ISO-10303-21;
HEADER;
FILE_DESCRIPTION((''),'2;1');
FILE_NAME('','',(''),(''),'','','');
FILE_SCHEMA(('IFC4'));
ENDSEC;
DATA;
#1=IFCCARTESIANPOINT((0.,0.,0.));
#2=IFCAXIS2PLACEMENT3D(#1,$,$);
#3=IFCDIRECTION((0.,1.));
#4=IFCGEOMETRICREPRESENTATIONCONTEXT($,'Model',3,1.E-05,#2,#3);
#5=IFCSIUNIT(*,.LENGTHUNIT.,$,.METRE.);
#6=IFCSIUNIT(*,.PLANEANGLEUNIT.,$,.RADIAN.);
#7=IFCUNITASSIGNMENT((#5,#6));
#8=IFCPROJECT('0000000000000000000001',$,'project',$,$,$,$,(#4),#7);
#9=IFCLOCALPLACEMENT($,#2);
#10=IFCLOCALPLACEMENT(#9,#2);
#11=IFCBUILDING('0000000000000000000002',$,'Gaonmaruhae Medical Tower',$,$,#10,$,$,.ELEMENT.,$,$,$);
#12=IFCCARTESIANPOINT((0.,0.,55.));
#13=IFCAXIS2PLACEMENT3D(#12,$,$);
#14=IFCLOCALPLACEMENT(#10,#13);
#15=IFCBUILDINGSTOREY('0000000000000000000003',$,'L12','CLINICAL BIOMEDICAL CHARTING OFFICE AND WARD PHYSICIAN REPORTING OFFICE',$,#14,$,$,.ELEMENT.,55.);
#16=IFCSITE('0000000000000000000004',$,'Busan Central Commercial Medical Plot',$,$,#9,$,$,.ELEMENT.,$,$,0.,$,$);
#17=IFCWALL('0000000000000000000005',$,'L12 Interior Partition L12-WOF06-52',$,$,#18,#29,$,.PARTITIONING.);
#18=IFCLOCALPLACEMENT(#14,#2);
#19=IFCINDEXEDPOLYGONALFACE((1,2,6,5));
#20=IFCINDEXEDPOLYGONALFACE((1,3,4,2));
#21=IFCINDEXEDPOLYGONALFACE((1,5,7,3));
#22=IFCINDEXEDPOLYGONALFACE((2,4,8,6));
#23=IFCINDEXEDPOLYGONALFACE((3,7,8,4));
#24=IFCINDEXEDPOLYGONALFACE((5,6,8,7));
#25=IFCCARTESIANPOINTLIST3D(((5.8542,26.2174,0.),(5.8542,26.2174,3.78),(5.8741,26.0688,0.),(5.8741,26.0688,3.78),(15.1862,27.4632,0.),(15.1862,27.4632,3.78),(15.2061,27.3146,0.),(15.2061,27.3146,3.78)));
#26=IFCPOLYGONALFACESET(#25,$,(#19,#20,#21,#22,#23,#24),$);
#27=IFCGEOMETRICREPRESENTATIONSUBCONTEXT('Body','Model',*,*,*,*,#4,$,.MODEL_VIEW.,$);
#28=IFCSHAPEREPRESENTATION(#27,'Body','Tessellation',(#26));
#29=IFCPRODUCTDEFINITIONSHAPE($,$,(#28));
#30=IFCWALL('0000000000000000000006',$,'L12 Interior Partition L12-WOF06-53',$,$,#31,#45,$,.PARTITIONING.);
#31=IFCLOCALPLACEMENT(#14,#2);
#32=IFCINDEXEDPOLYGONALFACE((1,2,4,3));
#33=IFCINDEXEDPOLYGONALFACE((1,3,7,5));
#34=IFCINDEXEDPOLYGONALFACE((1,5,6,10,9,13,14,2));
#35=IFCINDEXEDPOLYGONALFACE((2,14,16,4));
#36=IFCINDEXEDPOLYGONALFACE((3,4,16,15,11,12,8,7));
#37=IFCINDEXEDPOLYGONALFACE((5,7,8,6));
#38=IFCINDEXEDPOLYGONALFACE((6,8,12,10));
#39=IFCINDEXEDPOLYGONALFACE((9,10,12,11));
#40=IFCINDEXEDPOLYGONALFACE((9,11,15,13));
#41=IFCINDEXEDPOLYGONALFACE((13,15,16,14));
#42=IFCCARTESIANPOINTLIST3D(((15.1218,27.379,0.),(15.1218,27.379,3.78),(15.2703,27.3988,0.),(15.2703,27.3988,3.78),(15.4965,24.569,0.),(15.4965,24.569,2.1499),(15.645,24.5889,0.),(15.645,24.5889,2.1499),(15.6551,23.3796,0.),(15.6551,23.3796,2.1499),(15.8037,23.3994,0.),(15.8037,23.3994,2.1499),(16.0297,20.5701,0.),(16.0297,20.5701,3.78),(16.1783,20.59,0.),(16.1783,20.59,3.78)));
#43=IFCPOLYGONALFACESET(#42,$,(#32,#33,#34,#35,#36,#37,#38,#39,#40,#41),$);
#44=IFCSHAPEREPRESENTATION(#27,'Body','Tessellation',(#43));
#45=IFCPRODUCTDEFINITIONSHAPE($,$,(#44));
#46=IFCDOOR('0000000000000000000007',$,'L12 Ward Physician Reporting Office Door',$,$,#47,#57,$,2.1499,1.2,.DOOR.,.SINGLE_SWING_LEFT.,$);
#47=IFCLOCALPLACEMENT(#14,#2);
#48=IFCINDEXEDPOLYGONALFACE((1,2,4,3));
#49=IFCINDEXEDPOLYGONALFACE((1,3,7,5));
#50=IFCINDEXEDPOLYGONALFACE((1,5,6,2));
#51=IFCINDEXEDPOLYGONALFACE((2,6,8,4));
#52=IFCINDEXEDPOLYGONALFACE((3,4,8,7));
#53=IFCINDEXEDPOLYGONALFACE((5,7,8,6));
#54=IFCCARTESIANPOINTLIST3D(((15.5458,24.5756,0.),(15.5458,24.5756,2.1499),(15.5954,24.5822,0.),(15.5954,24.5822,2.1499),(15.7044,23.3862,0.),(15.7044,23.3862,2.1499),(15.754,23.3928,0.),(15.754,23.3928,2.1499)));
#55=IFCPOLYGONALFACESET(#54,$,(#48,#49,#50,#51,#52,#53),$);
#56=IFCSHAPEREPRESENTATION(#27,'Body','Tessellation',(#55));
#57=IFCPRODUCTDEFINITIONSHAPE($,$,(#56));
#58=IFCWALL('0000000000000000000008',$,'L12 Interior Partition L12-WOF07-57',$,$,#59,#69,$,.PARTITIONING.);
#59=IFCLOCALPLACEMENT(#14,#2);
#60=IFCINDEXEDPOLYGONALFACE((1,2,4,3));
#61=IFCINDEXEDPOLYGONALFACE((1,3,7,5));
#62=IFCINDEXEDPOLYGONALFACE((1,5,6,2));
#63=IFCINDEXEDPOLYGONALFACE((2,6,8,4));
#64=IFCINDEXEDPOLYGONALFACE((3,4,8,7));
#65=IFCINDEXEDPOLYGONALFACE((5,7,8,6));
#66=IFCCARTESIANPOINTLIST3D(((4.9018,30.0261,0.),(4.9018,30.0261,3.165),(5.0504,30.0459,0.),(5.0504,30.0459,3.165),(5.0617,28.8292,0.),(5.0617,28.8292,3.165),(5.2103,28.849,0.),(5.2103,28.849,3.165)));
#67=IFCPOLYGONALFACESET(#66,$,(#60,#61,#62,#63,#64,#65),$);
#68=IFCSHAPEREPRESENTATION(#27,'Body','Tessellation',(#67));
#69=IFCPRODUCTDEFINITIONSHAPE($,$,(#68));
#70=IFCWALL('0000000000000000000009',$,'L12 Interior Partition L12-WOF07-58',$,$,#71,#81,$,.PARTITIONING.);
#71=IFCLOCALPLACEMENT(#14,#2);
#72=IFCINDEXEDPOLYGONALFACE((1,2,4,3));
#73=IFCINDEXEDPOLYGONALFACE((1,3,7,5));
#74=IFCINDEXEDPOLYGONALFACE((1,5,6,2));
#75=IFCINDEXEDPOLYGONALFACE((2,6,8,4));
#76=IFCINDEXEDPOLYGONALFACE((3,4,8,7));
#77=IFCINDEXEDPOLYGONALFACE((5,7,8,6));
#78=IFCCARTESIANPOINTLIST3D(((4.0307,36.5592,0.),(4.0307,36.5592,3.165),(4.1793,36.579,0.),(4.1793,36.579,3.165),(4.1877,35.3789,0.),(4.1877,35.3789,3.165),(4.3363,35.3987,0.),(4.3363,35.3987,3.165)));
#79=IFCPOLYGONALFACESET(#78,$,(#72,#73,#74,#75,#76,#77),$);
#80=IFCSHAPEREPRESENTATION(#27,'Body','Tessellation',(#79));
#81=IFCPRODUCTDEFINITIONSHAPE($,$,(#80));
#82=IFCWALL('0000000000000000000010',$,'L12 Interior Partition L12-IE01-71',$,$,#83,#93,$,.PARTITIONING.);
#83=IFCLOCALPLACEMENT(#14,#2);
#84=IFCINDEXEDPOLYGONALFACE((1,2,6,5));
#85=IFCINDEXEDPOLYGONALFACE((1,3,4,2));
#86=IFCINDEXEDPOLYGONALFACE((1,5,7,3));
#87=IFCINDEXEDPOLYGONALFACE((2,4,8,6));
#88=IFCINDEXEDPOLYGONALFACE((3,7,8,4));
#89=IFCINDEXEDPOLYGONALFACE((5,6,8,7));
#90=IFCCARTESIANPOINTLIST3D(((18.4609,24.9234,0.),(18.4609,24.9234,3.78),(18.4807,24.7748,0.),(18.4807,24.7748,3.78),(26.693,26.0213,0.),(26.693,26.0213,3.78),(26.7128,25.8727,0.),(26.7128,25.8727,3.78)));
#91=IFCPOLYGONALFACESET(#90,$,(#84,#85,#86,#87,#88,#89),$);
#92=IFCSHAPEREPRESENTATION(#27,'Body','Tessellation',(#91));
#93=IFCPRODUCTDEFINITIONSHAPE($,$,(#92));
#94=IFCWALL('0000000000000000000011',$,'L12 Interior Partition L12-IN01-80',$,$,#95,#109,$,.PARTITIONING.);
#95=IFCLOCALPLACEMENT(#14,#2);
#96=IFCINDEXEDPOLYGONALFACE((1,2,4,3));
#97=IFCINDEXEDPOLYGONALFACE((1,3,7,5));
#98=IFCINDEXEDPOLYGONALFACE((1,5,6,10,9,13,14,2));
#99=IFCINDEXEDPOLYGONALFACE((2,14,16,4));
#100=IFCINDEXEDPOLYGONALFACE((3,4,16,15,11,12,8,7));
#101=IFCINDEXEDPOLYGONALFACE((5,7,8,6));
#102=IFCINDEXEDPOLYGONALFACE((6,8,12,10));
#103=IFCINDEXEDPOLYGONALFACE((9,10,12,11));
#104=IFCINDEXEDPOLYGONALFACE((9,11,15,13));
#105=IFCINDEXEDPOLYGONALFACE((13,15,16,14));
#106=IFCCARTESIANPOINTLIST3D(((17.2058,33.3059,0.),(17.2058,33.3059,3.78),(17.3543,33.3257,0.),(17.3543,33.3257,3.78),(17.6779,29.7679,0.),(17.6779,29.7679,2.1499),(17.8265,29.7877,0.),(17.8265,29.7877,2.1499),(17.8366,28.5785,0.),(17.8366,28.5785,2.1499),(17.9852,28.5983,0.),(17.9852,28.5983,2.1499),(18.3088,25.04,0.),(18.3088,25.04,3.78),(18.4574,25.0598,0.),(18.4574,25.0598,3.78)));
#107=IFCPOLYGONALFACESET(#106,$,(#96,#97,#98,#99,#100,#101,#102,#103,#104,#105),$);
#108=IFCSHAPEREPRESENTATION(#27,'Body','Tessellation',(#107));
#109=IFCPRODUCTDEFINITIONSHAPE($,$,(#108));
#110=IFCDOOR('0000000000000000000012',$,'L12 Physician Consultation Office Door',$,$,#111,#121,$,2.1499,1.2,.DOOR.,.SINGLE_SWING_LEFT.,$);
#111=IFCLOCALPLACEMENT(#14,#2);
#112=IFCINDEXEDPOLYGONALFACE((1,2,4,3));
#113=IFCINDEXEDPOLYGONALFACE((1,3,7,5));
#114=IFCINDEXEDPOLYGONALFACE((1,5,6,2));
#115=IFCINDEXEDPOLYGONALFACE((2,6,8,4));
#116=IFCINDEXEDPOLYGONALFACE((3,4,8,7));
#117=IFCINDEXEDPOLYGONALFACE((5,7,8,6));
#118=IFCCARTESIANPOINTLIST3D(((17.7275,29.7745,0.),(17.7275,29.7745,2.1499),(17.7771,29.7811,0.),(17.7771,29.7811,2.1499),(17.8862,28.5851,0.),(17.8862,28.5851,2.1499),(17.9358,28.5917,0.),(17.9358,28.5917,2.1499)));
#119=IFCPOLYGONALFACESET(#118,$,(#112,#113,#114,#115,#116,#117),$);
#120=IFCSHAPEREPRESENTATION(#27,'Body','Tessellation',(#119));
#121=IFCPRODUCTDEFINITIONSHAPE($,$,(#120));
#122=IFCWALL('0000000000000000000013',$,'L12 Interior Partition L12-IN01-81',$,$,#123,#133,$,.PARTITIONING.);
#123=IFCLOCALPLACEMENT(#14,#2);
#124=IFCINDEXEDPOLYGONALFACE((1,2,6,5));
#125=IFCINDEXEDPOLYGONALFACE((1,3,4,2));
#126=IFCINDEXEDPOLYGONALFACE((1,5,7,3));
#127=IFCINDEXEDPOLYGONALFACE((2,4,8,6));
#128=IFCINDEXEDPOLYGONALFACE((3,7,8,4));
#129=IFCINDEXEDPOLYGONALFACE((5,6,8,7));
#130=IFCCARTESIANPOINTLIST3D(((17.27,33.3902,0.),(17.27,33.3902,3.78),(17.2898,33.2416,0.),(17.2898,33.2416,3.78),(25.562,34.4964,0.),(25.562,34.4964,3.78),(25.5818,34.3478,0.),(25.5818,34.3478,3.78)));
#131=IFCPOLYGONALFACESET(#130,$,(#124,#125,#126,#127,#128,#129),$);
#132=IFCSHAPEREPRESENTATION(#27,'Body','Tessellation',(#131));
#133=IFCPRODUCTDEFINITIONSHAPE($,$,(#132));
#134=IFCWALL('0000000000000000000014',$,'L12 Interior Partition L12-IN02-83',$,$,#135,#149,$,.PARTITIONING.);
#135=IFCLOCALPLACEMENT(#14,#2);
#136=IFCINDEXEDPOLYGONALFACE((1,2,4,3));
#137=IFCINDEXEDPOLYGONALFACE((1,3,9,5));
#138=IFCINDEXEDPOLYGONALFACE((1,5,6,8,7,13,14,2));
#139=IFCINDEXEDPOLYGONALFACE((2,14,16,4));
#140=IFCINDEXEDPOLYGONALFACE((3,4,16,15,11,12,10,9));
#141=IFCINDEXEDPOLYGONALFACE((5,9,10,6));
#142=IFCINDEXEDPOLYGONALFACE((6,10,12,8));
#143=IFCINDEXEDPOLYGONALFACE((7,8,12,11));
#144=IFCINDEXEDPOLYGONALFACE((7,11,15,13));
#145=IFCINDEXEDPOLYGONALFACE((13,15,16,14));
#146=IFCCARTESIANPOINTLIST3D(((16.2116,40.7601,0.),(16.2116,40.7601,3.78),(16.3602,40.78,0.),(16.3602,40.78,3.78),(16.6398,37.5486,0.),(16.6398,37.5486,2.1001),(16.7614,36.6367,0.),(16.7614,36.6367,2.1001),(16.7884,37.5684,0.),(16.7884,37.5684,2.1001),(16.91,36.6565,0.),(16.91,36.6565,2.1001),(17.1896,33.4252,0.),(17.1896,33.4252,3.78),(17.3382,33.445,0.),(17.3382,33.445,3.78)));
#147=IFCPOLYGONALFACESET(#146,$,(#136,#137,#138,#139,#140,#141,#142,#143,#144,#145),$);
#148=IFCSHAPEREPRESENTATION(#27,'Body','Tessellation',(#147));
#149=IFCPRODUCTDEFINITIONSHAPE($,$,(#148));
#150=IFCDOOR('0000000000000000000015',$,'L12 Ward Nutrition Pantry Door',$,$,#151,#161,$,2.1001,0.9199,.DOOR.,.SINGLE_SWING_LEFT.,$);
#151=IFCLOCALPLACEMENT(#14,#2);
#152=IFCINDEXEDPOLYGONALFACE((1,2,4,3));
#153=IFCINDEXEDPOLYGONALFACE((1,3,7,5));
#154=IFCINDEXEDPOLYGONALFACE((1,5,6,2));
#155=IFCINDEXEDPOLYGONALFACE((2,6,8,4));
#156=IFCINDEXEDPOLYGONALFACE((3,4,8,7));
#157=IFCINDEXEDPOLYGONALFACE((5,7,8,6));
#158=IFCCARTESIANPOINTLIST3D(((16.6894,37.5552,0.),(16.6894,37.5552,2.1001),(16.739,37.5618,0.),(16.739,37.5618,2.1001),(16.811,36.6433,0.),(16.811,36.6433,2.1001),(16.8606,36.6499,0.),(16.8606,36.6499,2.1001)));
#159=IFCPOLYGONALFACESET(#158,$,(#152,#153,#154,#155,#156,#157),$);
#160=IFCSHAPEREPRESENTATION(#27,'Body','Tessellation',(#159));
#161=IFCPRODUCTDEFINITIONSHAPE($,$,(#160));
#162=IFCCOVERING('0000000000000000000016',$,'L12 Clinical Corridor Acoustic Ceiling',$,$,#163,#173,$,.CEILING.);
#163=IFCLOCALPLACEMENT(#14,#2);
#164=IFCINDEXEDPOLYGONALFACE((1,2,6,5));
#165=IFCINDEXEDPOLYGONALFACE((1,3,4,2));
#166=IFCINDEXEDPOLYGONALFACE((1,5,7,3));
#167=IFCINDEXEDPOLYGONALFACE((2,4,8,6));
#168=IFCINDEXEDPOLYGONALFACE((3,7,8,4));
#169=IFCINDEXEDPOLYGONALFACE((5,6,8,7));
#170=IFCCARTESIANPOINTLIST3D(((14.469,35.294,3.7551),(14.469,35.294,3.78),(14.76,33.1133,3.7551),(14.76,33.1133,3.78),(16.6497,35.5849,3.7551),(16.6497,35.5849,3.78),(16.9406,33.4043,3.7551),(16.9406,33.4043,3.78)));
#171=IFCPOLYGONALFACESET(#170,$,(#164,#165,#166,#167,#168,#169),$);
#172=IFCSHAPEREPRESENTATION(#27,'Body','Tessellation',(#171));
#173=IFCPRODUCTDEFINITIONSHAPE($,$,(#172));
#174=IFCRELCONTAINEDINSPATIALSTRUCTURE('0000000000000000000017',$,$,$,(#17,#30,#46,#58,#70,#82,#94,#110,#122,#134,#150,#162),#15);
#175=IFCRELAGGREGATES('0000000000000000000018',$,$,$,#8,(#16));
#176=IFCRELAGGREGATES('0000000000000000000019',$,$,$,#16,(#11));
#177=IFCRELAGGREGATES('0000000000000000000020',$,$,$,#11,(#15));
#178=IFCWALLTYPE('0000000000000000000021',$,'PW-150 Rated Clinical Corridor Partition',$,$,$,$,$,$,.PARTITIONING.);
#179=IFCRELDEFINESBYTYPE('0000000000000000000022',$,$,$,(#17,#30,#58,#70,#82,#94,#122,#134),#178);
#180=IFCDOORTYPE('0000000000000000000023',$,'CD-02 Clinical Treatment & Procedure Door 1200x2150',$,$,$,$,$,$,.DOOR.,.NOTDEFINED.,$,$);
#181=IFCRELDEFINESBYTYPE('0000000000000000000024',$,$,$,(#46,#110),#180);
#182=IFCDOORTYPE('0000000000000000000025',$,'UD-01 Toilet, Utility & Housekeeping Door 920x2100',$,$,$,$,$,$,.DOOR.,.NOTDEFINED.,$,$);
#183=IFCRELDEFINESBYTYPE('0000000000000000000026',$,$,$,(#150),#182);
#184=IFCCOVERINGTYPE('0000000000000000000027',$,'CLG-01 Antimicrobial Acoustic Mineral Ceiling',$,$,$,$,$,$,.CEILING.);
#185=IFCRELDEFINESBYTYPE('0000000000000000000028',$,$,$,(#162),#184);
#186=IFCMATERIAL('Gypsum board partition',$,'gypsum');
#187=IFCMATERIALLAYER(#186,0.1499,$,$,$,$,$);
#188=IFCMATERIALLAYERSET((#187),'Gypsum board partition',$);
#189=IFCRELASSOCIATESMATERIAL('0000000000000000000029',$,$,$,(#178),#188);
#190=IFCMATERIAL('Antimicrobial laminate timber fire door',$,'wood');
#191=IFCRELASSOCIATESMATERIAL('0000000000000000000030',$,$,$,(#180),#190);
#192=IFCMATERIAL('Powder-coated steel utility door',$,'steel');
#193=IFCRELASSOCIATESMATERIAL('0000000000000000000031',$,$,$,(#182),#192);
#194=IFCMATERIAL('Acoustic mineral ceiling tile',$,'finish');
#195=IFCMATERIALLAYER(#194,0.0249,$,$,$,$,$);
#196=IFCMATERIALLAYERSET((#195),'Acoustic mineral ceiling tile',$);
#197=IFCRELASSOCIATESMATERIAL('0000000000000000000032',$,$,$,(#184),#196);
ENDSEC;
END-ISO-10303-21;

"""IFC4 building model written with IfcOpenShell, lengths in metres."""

from ifc_helpers import new_model, si_unit, direction, frame, frame_2d, origin, origin_2d, place, context, subcontext, project, spatial, rectangle, extrude, material, layer, layer_set, type_object, element, fill, save


model = new_model("IFC4")

# Units and contexts
model_context = context("Model", 3, precision=1e-05, world=origin(), true_north=direction((0.0, 1.0)))
body_context = subcontext(model_context, "Body", "Model", "MODEL_VIEW")
ifc_project = project(units=[si_unit("LENGTHUNIT", "METRE"), si_unit("PLANEANGLEUNIT", "RADIAN")], contexts=[model_context])

# Site, building, storey
site_placement = place(None, origin())
site = spatial("IfcSite", under=ifc_project, at=site_placement, Name="Busan Central Commercial Medical Plot", CompositionType="ELEMENT", RefElevation=0.0)
building_placement = place(site_placement, origin())
building = spatial("IfcBuilding", under=site, at=building_placement, Name="Gaonmaruhae Medical Tower", CompositionType="ELEMENT")
storey_placement = place(building_placement, frame((0.0, 0.0, 55.0)))
storey = spatial("IfcBuildingStorey", under=building, at=storey_placement, Name="L12", Description="CLINICAL BIOMEDICAL CHARTING OFFICE AND WARD PHYSICIAN REPORTING OFFICE", CompositionType="ELEMENT", Elevation=55.0)

# Wall
ifc_material_1 = material(Name="Gypsum board partition", Category="gypsum")
ifc_layer_1 = layer(ifc_material_1, 0.1499)
ifc_layer_set_1 = layer_set([ifc_layer_1], Name="Gypsum board partition")
wall_type_1 = type_object("IfcWallType", Name="PW-150 Rated Clinical Corridor Partition", PredefinedType="PARTITIONING", material=ifc_layer_set_1)
wall_1_placement = place(storey_placement, frame((5.864, 26.1431, 0.0), z_axis=(0.0, 0.0, 1.0), x_axis=(0.991206, 0.132328, 0.0)))
element("IfcWall", 1, at=wall_1_placement, inside=storey, type_object=wall_type_1, Name="L12 Interior Partition L12-WOF06-52", PredefinedType="PARTITIONING", context=body_context, shape_type="SweptSolid", body=[
    extrude(rectangle(XDim=9.4148, YDim=0.1499, at=frame_2d((4.7075, 0.0))), origin(), (0.0, 0.0, 1.0), 3.78),
])

# Wall, opening, door
wall_2_placement = place(storey_placement, frame((15.196, 27.3889, 0.0), z_axis=(0.0, 0.0, 1.0), x_axis=(0.13218, -0.991226, 0.0)))
wall_2 = element("IfcWall", 2, at=wall_2_placement, inside=storey, type_object=wall_type_1, Name="L12 Interior Partition L12-WOF06-53", PredefinedType="PARTITIONING", context=body_context, shape_type="SweptSolid", body=[
    extrude(rectangle(XDim=6.8691, YDim=0.1499, at=frame_2d((3.4346, 0.0))), origin(), (0.0, 0.0, 1.0), 3.78),
])
opening_1_placement = place(wall_2_placement, frame((2.8347, 0.0, 0.0)))
opening_1 = element("IfcOpeningElement", 3, at=opening_1_placement, cuts=wall_2, PredefinedType="OPENING", context=body_context, shape_type="SweptSolid", body=[
    extrude(rectangle(XDim=1.2, YDim=2.1499, at=frame_2d((0.6001, 1.075))), frame((0.0, 0.085, 0.0), z_axis=(0.0, -1.0, 0.0), x_axis=(1.0, 0.0, 0.0)), (0.0, 0.0, 1.0), 0.1699),
])
ifc_material_2 = material(Name="Antimicrobial laminate timber fire door", Category="wood")
door_type_1 = type_object("IfcDoorType", Name="CD-02 Clinical Treatment & Procedure Door 1200x2150", OperationType="NOTDEFINED", PredefinedType="DOOR", material=ifc_material_2)
door_1_placement = place(opening_1_placement, origin())
door_1 = element("IfcDoor", 4, at=door_1_placement, inside=storey, type_object=door_type_1, Name="L12 Ward Physician Reporting Office Door", OperationType="SINGLE_SWING_LEFT", OverallHeight=2.1499, OverallWidth=1.2, PredefinedType="DOOR", context=body_context, shape_type="SweptSolid", body=[
    extrude(rectangle(XDim=1.2, YDim=2.1499, at=frame_2d((0.6001, 1.075))), frame((0.0, 0.0249, 0.0), z_axis=(0.0, -1.0, 0.0), x_axis=(1.0, 0.0, 0.0)), (0.0, 0.0, 1.0), 0.05),
])
fill(opening_1, door_1)

# Walls
wall_3_placement = place(storey_placement, frame((5.136, 28.8391, 0.0), z_axis=(0.0, 0.0, 1.0), x_axis=(-0.132442, 0.991191, 0.0)))
element("IfcWall", 5, at=wall_3_placement, inside=storey, type_object=wall_type_1, Name="L12 Interior Partition L12-WOF07-57", PredefinedType="PARTITIONING", context=body_context, shape_type="SweptSolid", body=[
    extrude(rectangle(XDim=1.2075, YDim=0.1499, at=frame_2d((0.6038, 0.0))), origin(), (0.0, 0.0, 1.0), 3.165),
])
wall_4_placement = place(storey_placement, frame((4.262, 35.3889, 0.0), z_axis=(0.0, 0.0, 1.0), x_axis=(-0.131855, 0.991269, 0.0)))
element("IfcWall", 6, at=wall_4_placement, inside=storey, type_object=wall_type_1, Name="L12 Interior Partition L12-WOF07-58", PredefinedType="PARTITIONING", context=body_context, shape_type="SweptSolid", body=[
    extrude(rectangle(XDim=1.1907, YDim=0.1499, at=frame_2d((0.5952, 0.0))), origin(), (0.0, 0.0, 1.0), 3.165),
])
wall_5_placement = place(storey_placement, frame((18.4709, 24.8491, 0.0), z_axis=(0.0, 0.0, 1.0), x_axis=(0.991223, 0.1322, 0.0)))
element("IfcWall", 7, at=wall_5_placement, inside=storey, type_object=wall_type_1, Name="L12 Interior Partition L12-IE01-71", PredefinedType="PARTITIONING", context=body_context, shape_type="SweptSolid", body=[
    extrude(rectangle(XDim=8.3049, YDim=0.1499, at=frame_2d((4.1523, 0.0))), origin(), (0.0, 0.0, 1.0), 3.78),
])

# Wall, opening, door
wall_6_placement = place(storey_placement, frame((18.3831, 25.05, 0.0), z_axis=(0.0, 0.0, 1.0), x_axis=(-0.132271, 0.991214, 0.0)))
wall_6 = element("IfcWall", 8, at=wall_6_placement, inside=storey, type_object=wall_type_1, Name="L12 Interior Partition L12-IN01-80", PredefinedType="PARTITIONING", context=body_context, shape_type="SweptSolid", body=[
    extrude(rectangle(XDim=8.3391, YDim=0.1499, at=frame_2d((4.1694, 0.0))), origin(), (0.0, 0.0, 1.0), 3.78),
])
opening_2_placement = place(wall_6_placement, frame((3.5696, 0.0, 0.0)))
opening_2 = element("IfcOpeningElement", 9, at=opening_2_placement, cuts=wall_6, PredefinedType="OPENING", context=body_context, shape_type="SweptSolid", body=[
    extrude(rectangle(XDim=1.2, YDim=2.1499, at=frame_2d((0.6001, 1.075))), frame((0.0, 0.085, 0.0), z_axis=(0.0, -1.0, 0.0), x_axis=(1.0, 0.0, 0.0)), (0.0, 0.0, 1.0), 0.1699),
])
door_2_placement = place(opening_2_placement, origin())
door_2 = element("IfcDoor", 10, at=door_2_placement, inside=storey, type_object=door_type_1, Name="L12 Physician Consultation Office Door", OperationType="SINGLE_SWING_LEFT", OverallHeight=2.1499, OverallWidth=1.2, PredefinedType="DOOR", context=body_context, shape_type="SweptSolid", body=[
    extrude(rectangle(XDim=1.2, YDim=2.1499, at=frame_2d((0.6001, 1.075))), frame((0.0, 0.0249, 0.0), z_axis=(0.0, -1.0, 0.0), x_axis=(1.0, 0.0, 0.0)), (0.0, 0.0, 1.0), 0.05),
])
fill(opening_2, door_2)

# Wall
wall_7_placement = place(storey_placement, frame((17.28, 33.3159, 0.0), z_axis=(0.0, 0.0, 1.0), x_axis=(0.991218, 0.132234, 0.0)))
element("IfcWall", 11, at=wall_7_placement, inside=storey, type_object=wall_type_1, Name="L12 Interior Partition L12-IN01-81", PredefinedType="PARTITIONING", context=body_context, shape_type="SweptSolid", body=[
    extrude(rectangle(XDim=8.3655, YDim=0.1499, at=frame_2d((4.1826, 0.0))), origin(), (0.0, 0.0, 1.0), 3.78),
])

# Wall, opening, door
wall_8_placement = place(storey_placement, frame((17.2639, 33.4351, 0.0), z_axis=(0.0, 0.0, 1.0), x_axis=(-0.132168, 0.991227, 0.0)))
wall_8 = element("IfcWall", 12, at=wall_8_placement, inside=storey, type_object=wall_type_1, Name="L12 Interior Partition L12-IN02-83", PredefinedType="PARTITIONING", context=body_context, shape_type="SweptSolid", body=[
    extrude(rectangle(XDim=7.3999, YDim=0.1499, at=frame_2d((3.7, 0.0))), origin(), (0.0, 0.0, 1.0), 3.78),
])
opening_3_placement = place(wall_8_placement, frame((3.24, 0.0, 0.0)))
opening_3 = element("IfcOpeningElement", 13, at=opening_3_placement, cuts=wall_8, PredefinedType="OPENING", context=body_context, shape_type="SweptSolid", body=[
    extrude(rectangle(XDim=0.9199, YDim=2.1001, at=frame_2d((0.46, 1.05))), frame((0.0, 0.085, 0.0), z_axis=(0.0, -1.0, 0.0), x_axis=(1.0, 0.0, 0.0)), (0.0, 0.0, 1.0), 0.1699),
])
ifc_material_3 = material(Name="Powder-coated steel utility door", Category="steel")
door_type_2 = type_object("IfcDoorType", Name="UD-01 Toilet, Utility & Housekeeping Door 920x2100", OperationType="NOTDEFINED", PredefinedType="DOOR", material=ifc_material_3)
door_3_placement = place(opening_3_placement, origin())
door_3 = element("IfcDoor", 14, at=door_3_placement, inside=storey, type_object=door_type_2, Name="L12 Ward Nutrition Pantry Door", OperationType="SINGLE_SWING_LEFT", OverallHeight=2.1001, OverallWidth=0.9199, PredefinedType="DOOR", context=body_context, shape_type="SweptSolid", body=[
    extrude(rectangle(XDim=0.9199, YDim=2.1001, at=frame_2d((0.46, 1.05))), frame((0.0, 0.0249, 0.0), z_axis=(0.0, -1.0, 0.0), x_axis=(1.0, 0.0, 0.0)), (0.0, 0.0, 1.0), 0.05),
])
fill(opening_3, door_3)

# Covering
ifc_material_4 = material(Name="Acoustic mineral ceiling tile", Category="finish")
ifc_layer_2 = layer(ifc_material_4, 0.0249)
ifc_layer_set_2 = layer_set([ifc_layer_2], Name="Acoustic mineral ceiling tile")
covering_type_1 = type_object("IfcCoveringType", Name="CLG-01 Antimicrobial Acoustic Mineral Ceiling", PredefinedType="CEILING", material=ifc_layer_set_2)
covering_1_placement = place(storey_placement, frame((15.7048, 34.3491, 3.7551), z_axis=(0.0, 0.0, 1.0), x_axis=(0.991216, 0.132256, 0.0)))
element("IfcCovering", 15, at=covering_1_placement, inside=storey, type_object=covering_type_1, Name="L12 Clinical Corridor Acoustic Ceiling", PredefinedType="CEILING", context=body_context, shape_type="SweptSolid", body=[
    extrude(rectangle(XDim=2.2, YDim=2.2, at=origin_2d()), origin(), (0.0, 0.0, 1.0), 0.0249),
])

save(model, "model.ifc")
